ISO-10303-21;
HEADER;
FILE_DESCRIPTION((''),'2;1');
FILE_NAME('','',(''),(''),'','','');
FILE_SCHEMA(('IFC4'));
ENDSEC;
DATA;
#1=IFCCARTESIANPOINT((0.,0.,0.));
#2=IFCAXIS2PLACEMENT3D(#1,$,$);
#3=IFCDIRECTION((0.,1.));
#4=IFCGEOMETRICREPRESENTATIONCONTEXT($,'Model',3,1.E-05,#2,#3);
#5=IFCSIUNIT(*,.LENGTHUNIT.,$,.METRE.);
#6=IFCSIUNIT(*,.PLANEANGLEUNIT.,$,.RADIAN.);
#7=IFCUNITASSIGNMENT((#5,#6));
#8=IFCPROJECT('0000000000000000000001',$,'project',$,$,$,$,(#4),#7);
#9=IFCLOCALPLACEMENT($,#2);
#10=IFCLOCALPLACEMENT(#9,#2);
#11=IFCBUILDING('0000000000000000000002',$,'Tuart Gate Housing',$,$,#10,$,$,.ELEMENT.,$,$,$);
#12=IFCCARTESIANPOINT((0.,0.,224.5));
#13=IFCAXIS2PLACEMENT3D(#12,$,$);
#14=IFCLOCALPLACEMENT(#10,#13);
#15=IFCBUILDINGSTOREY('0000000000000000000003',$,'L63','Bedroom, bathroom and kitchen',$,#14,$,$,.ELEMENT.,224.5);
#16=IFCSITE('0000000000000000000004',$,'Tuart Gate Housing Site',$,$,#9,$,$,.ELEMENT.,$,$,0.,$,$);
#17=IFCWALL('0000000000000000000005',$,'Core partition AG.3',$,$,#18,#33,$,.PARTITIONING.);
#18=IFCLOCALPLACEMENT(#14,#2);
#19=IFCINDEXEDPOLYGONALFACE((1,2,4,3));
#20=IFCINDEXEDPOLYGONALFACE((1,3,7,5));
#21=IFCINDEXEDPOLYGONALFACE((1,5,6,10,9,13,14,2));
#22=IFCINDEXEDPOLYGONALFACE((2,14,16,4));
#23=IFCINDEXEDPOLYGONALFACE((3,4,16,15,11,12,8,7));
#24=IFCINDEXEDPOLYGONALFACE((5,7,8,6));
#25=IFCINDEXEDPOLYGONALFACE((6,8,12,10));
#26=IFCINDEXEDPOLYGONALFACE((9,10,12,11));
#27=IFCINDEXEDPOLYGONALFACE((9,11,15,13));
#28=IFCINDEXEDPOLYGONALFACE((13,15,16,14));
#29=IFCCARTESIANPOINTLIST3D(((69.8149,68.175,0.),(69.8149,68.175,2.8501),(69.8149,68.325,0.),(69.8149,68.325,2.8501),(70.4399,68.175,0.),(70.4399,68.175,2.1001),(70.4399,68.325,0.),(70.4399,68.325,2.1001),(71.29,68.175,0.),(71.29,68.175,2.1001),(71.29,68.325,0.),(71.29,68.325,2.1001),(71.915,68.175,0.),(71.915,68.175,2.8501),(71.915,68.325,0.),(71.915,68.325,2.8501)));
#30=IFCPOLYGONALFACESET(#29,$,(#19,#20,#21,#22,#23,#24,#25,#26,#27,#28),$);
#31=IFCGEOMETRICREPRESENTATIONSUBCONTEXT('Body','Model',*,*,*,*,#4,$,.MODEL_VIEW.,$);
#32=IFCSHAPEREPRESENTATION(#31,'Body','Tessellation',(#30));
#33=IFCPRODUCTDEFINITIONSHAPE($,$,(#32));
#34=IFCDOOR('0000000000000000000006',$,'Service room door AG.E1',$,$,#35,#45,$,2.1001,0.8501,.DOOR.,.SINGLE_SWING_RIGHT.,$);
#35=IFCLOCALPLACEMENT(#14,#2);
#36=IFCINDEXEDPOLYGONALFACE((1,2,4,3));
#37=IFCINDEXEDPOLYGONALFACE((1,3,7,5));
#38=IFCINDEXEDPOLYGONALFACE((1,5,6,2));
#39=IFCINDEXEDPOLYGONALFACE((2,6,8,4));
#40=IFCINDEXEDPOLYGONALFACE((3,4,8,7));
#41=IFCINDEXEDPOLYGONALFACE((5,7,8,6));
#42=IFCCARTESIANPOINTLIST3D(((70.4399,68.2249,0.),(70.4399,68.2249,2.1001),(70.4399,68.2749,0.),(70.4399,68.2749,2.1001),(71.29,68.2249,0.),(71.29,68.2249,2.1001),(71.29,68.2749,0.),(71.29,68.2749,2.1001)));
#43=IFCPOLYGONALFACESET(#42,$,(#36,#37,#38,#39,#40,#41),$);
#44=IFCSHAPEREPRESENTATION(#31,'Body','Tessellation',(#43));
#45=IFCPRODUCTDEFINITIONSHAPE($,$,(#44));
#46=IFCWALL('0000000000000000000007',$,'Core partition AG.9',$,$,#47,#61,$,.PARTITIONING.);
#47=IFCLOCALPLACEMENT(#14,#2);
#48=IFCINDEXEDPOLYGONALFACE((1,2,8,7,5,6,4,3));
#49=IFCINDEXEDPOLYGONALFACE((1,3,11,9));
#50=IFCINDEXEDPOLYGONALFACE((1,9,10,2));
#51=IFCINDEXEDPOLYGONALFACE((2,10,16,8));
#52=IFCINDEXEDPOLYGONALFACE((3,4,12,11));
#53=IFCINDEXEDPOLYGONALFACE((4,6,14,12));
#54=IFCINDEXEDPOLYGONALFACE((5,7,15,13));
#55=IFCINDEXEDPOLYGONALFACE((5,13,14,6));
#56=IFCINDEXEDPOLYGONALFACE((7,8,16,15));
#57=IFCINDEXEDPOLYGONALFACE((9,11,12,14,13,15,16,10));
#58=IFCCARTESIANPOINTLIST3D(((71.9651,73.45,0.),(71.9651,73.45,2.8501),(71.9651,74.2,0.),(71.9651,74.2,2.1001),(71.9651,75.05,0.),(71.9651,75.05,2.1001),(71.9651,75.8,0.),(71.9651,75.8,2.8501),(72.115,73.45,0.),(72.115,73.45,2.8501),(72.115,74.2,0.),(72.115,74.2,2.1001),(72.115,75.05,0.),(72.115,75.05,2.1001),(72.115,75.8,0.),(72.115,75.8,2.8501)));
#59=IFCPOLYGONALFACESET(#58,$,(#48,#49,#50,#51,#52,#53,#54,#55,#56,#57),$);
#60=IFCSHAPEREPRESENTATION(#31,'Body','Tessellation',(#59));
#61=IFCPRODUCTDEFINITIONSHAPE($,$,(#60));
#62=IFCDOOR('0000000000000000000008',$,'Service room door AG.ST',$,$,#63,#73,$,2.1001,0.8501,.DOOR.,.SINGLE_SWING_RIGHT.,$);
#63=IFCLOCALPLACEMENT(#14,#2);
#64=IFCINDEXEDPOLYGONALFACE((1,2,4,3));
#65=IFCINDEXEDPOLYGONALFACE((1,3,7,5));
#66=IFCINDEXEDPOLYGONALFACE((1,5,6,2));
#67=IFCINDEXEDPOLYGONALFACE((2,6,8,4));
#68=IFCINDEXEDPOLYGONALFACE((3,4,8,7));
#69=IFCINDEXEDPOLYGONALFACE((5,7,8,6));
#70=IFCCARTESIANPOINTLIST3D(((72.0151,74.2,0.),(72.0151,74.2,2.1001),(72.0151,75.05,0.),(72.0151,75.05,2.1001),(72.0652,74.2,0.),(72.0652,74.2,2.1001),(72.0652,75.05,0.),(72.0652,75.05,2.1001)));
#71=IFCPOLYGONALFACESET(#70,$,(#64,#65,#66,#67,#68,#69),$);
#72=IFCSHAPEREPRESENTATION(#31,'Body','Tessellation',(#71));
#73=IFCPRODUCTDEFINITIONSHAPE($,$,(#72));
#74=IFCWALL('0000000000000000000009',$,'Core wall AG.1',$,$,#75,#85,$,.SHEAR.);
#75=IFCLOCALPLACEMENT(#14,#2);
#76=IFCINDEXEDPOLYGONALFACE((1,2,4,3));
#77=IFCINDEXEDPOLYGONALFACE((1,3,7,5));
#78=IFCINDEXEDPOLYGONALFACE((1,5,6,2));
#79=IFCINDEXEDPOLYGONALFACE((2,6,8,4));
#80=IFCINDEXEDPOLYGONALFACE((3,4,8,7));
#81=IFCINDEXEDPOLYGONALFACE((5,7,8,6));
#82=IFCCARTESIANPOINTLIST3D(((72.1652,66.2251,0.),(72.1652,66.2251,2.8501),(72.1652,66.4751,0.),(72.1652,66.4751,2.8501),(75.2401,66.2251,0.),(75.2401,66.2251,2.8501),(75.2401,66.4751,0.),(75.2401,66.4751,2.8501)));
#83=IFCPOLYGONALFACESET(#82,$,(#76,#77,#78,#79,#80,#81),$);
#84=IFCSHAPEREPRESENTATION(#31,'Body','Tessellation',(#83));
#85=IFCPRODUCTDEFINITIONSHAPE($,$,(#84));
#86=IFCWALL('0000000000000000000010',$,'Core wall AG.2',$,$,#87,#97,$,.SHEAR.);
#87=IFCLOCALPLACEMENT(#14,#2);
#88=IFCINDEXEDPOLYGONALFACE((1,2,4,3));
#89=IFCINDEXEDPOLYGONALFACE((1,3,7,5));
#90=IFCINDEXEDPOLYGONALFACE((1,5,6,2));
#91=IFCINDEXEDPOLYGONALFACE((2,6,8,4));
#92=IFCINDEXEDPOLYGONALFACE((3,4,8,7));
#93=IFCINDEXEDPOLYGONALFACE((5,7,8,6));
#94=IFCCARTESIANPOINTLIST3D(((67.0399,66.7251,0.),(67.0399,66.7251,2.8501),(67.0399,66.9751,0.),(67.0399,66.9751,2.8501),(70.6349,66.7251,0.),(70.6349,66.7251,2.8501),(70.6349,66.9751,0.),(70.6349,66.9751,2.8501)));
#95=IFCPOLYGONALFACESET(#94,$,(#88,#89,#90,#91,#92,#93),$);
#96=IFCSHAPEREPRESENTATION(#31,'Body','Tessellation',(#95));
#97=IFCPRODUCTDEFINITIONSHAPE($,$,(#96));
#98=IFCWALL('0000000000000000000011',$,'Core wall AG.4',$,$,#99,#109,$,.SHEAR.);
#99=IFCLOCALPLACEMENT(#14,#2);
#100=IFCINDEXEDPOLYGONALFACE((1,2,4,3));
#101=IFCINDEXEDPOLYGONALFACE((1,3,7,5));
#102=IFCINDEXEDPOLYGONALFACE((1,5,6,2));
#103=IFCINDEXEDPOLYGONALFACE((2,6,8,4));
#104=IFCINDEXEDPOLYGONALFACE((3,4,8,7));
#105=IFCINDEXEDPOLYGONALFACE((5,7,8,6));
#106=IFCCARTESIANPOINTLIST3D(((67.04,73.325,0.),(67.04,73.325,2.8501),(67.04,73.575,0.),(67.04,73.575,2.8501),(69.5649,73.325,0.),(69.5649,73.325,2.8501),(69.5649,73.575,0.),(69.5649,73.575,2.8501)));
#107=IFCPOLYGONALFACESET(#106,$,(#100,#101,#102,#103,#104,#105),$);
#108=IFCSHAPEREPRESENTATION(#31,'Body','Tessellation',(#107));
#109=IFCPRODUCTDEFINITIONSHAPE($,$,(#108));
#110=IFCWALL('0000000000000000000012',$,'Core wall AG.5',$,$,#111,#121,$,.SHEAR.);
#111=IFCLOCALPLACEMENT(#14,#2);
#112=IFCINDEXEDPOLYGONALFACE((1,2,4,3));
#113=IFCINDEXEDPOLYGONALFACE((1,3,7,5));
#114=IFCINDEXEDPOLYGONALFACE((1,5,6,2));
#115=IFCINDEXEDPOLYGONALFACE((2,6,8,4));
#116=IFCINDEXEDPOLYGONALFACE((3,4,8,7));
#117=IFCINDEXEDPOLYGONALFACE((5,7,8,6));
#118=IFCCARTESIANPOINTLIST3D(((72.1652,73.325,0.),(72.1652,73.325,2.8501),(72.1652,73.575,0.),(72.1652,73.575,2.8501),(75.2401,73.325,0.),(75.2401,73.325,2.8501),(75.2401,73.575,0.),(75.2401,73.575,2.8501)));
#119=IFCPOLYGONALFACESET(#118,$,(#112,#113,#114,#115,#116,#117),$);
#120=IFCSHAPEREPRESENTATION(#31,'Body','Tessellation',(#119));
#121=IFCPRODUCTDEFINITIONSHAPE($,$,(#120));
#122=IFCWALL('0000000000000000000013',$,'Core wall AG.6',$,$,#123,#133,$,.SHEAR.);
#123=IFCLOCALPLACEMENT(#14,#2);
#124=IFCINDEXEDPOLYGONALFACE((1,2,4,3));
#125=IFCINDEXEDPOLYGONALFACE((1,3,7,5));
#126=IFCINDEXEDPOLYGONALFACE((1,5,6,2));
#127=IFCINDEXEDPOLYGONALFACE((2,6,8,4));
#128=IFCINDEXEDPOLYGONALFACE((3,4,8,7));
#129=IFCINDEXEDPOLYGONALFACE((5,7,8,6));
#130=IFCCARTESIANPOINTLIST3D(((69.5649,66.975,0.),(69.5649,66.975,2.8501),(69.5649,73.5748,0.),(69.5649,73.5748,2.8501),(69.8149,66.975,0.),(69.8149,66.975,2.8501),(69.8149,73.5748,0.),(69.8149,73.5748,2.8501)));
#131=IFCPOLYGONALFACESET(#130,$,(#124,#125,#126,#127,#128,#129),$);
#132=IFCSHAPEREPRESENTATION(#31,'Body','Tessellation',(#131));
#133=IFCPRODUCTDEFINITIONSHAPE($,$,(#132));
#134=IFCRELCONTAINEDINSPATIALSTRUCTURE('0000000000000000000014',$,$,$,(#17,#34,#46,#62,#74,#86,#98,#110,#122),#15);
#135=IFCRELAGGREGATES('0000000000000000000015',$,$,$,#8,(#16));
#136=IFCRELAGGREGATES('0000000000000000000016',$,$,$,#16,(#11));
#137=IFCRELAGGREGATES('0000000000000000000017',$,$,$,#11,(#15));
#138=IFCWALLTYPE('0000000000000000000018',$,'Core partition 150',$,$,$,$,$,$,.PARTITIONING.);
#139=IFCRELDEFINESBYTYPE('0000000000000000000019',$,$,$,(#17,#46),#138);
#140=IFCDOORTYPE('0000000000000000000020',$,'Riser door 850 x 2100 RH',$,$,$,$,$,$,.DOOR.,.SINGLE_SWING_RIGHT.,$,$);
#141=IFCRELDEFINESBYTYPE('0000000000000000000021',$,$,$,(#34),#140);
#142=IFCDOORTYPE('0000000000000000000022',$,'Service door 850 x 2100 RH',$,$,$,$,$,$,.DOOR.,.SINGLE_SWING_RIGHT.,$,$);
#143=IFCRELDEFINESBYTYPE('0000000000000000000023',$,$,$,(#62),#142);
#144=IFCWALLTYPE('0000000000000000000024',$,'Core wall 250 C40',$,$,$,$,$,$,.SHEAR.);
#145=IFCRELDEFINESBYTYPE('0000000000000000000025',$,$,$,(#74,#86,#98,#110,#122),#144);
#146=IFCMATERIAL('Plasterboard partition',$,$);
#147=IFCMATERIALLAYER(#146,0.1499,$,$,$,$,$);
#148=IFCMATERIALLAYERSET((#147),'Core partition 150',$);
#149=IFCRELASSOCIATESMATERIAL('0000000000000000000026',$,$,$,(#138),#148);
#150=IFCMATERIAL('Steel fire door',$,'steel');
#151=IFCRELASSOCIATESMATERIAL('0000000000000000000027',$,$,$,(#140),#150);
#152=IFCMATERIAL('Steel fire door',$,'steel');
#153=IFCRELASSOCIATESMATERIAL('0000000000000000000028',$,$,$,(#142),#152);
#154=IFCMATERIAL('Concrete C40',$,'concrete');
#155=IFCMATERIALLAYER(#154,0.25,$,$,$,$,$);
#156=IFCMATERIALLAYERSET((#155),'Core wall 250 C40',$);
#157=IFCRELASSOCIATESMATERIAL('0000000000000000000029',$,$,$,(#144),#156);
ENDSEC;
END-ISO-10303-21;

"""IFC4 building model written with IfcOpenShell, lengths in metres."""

from ifc_helpers import new_model, si_unit, direction, frame, frame_2d, origin, place, context, subcontext, project, spatial, rectangle, extrude, material, layer, layer_set, type_object, element, fill, save


model = new_model("IFC4")

# Units and contexts
model_context = context("Model", 3, precision=1e-05, world=origin(), true_north=direction((0.0, 1.0)))
body_context = subcontext(model_context, "Body", "Model", "MODEL_VIEW")
ifc_project = project(units=[si_unit("LENGTHUNIT", "METRE"), si_unit("PLANEANGLEUNIT", "RADIAN")], contexts=[model_context])

# Site, building, storey
site_placement = place(None, origin())
site = spatial("IfcSite", under=ifc_project, at=site_placement, Name="Tuart Gate Housing Site", CompositionType="ELEMENT", RefElevation=0.0)
building_placement = place(site_placement, origin())
building = spatial("IfcBuilding", under=site, at=building_placement, Name="Tuart Gate Housing", CompositionType="ELEMENT")
storey_placement = place(building_placement, frame((0.0, 0.0, 224.5)))
storey = spatial("IfcBuildingStorey", under=building, at=storey_placement, Name="L63", Description="Bedroom, bathroom and kitchen", CompositionType="ELEMENT", Elevation=224.5)

# Walls, openings, doors
ifc_material_1 = material(Name="Plasterboard partition")
ifc_layer_1 = layer(ifc_material_1, 0.1499)
ifc_layer_set_1 = layer_set([ifc_layer_1], Name="Core partition 150")
wall_type_1 = type_object("IfcWallType", Name="Core partition 150", PredefinedType="PARTITIONING", material=ifc_layer_set_1)
wall_1_placement = place(storey_placement, frame((69.8149, 68.25, 0.0), z_axis=(0.0, 0.0, 1.0), x_axis=(1.0, 0.0, 0.0)))
wall_1 = element("IfcWall", 1, at=wall_1_placement, inside=storey, type_object=wall_type_1, Name="Core partition AG.3", PredefinedType="PARTITIONING", context=body_context, shape_type="SweptSolid", body=[
    extrude(rectangle(XDim=2.1001, YDim=0.1499, at=frame_2d((1.05, 0.0))), origin(), (0.0, 0.0, 1.0), 2.8501),
])
opening_1_placement = place(wall_1_placement, frame((0.625, 0.0, 0.0)))
opening_1 = element("IfcOpeningElement", 2, at=opening_1_placement, cuts=wall_1, PredefinedType="OPENING", context=body_context, shape_type="SweptSolid", body=[
    extrude(rectangle(XDim=0.8501, YDim=2.1001, at=frame_2d((0.425, 1.05))), frame((0.0, 0.085, 0.0), z_axis=(0.0, -1.0, 0.0), x_axis=(1.0, 0.0, 0.0)), (0.0, 0.0, 1.0), 0.1699),
])
ifc_material_2 = material(Name="Steel fire door", Category="steel")
door_type_1 = type_object("IfcDoorType", Name="Riser door 850 x 2100 RH", OperationType="SINGLE_SWING_RIGHT", PredefinedType="DOOR", material=ifc_material_2)
door_1_placement = place(opening_1_placement, frame((0.8501, 0.0, 0.0), z_axis=(0.0, 0.0, 1.0), x_axis=(-1.0, 0.0, 0.0)))
door_1 = element("IfcDoor", 3, at=door_1_placement, inside=storey, type_object=door_type_1, Name="Service room door AG.E1", OperationType="SINGLE_SWING_RIGHT", OverallHeight=2.1001, OverallWidth=0.8501, PredefinedType="DOOR", context=body_context, shape_type="SweptSolid", body=[
    extrude(rectangle(XDim=0.8501, YDim=2.1001, at=frame_2d((0.425, 1.05))), frame((0.0, 0.0251, 0.0), z_axis=(0.0, -1.0, 0.0), x_axis=(1.0, 0.0, 0.0)), (0.0, 0.0, 1.0), 0.05),
])
fill(opening_1, door_1)
wall_2_placement = place(storey_placement, frame((72.04, 73.45, 0.0), z_axis=(0.0, 0.0, 1.0), x_axis=(0.0, 1.0, 0.0)))
wall_2 = element("IfcWall", 4, at=wall_2_placement, inside=storey, type_object=wall_type_1, Name="Core partition AG.9", PredefinedType="PARTITIONING", context=body_context, shape_type="SweptSolid", body=[
    extrude(rectangle(XDim=2.3501, YDim=0.1499, at=frame_2d((1.175, 0.0))), origin(), (0.0, 0.0, 1.0), 2.8501),
])
opening_2_placement = place(wall_2_placement, frame((0.75, 0.0, 0.0)))
opening_2 = element("IfcOpeningElement", 5, at=opening_2_placement, cuts=wall_2, PredefinedType="OPENING", context=body_context, shape_type="SweptSolid", body=[
    extrude(rectangle(XDim=0.8501, YDim=2.1001, at=frame_2d((0.425, 1.05))), frame((0.0, 0.085, 0.0), z_axis=(0.0, -1.0, 0.0), x_axis=(1.0, 0.0, 0.0)), (0.0, 0.0, 1.0), 0.1699),
])
ifc_material_3 = material(Name="Steel fire door", Category="steel")
door_type_2 = type_object("IfcDoorType", Name="Service door 850 x 2100 RH", OperationType="SINGLE_SWING_RIGHT", PredefinedType="DOOR", material=ifc_material_3)
door_2_placement = place(opening_2_placement, frame((0.8501, 0.0, 0.0), z_axis=(0.0, 0.0, 1.0), x_axis=(-1.0, 0.0, 0.0)))
door_2 = element("IfcDoor", 6, at=door_2_placement, inside=storey, type_object=door_type_2, Name="Service room door AG.ST", OperationType="SINGLE_SWING_RIGHT", OverallHeight=2.1001, OverallWidth=0.8501, PredefinedType="DOOR", context=body_context, shape_type="SweptSolid", body=[
    extrude(rectangle(XDim=0.8501, YDim=2.1001, at=frame_2d((0.425, 1.05))), frame((0.0, 0.0251, 0.0), z_axis=(0.0, -1.0, 0.0), x_axis=(1.0, 0.0, 0.0)), (0.0, 0.0, 1.0), 0.05),
])
fill(opening_2, door_2)

# Walls
ifc_material_4 = material(Name="Concrete C40", Category="concrete")
ifc_layer_2 = layer(ifc_material_4, 0.25)
ifc_layer_set_2 = layer_set([ifc_layer_2], Name="Core wall 250 C40")
wall_type_2 = type_object("IfcWallType", Name="Core wall 250 C40", PredefinedType="SHEAR", material=ifc_layer_set_2)
wall_3_placement = place(storey_placement, frame((72.165, 66.3501, 0.0), z_axis=(0.0, 0.0, 1.0), x_axis=(1.0, 0.0, 0.0)))
element("IfcWall", 7, at=wall_3_placement, inside=storey, type_object=wall_type_2, Name="Core wall AG.1", PredefinedType="SHEAR", context=body_context, shape_type="SweptSolid", body=[
    extrude(rectangle(XDim=3.075, YDim=0.25, at=frame_2d((1.5376, 0.0))), origin(), (0.0, 0.0, 1.0), 2.8501),
])
wall_4_placement = place(storey_placement, frame((67.04, 66.8501, 0.0), z_axis=(0.0, 0.0, 1.0), x_axis=(1.0, 0.0, 0.0)))
element("IfcWall", 8, at=wall_4_placement, inside=storey, type_object=wall_type_2, Name="Core wall AG.2", PredefinedType="SHEAR", context=body_context, shape_type="SweptSolid", body=[
    extrude(rectangle(XDim=3.595, YDim=0.25, at=frame_2d((1.7974, 0.0))), origin(), (0.0, 0.0, 1.0), 2.8501),
])
wall_5_placement = place(storey_placement, frame((67.04, 73.45, 0.0), z_axis=(0.0, 0.0, 1.0), x_axis=(1.0, 0.0, 0.0)))
element("IfcWall", 9, at=wall_5_placement, inside=storey, type_object=wall_type_2, Name="Core wall AG.4", PredefinedType="SHEAR", context=body_context, shape_type="SweptSolid", body=[
    extrude(rectangle(XDim=2.5249, YDim=0.25, at=frame_2d((1.2625, 0.0))), origin(), (0.0, 0.0, 1.0), 2.8501),
])
wall_6_placement = place(storey_placement, frame((72.165, 73.45, 0.0), z_axis=(0.0, 0.0, 1.0), x_axis=(1.0, 0.0, 0.0)))
element("IfcWall", 10, at=wall_6_placement, inside=storey, type_object=wall_type_2, Name="Core wall AG.5", PredefinedType="SHEAR", context=body_context, shape_type="SweptSolid", body=[
    extrude(rectangle(XDim=3.075, YDim=0.25, at=frame_2d((1.5376, 0.0))), origin(), (0.0, 0.0, 1.0), 2.8501),
])
wall_7_placement = place(storey_placement, frame((69.6899, 66.9751, 0.0), z_axis=(0.0, 0.0, 1.0), x_axis=(0.0, 1.0, 0.0)))
element("IfcWall", 11, at=wall_7_placement, inside=storey, type_object=wall_type_2, Name="Core wall AG.6", PredefinedType="SHEAR", context=body_context, shape_type="SweptSolid", body=[
    extrude(rectangle(XDim=6.5999, YDim=0.25, at=frame_2d((3.2998, 0.0))), origin(), (0.0, 0.0, 1.0), 2.8501),
])

save(model, "model.ifc")
